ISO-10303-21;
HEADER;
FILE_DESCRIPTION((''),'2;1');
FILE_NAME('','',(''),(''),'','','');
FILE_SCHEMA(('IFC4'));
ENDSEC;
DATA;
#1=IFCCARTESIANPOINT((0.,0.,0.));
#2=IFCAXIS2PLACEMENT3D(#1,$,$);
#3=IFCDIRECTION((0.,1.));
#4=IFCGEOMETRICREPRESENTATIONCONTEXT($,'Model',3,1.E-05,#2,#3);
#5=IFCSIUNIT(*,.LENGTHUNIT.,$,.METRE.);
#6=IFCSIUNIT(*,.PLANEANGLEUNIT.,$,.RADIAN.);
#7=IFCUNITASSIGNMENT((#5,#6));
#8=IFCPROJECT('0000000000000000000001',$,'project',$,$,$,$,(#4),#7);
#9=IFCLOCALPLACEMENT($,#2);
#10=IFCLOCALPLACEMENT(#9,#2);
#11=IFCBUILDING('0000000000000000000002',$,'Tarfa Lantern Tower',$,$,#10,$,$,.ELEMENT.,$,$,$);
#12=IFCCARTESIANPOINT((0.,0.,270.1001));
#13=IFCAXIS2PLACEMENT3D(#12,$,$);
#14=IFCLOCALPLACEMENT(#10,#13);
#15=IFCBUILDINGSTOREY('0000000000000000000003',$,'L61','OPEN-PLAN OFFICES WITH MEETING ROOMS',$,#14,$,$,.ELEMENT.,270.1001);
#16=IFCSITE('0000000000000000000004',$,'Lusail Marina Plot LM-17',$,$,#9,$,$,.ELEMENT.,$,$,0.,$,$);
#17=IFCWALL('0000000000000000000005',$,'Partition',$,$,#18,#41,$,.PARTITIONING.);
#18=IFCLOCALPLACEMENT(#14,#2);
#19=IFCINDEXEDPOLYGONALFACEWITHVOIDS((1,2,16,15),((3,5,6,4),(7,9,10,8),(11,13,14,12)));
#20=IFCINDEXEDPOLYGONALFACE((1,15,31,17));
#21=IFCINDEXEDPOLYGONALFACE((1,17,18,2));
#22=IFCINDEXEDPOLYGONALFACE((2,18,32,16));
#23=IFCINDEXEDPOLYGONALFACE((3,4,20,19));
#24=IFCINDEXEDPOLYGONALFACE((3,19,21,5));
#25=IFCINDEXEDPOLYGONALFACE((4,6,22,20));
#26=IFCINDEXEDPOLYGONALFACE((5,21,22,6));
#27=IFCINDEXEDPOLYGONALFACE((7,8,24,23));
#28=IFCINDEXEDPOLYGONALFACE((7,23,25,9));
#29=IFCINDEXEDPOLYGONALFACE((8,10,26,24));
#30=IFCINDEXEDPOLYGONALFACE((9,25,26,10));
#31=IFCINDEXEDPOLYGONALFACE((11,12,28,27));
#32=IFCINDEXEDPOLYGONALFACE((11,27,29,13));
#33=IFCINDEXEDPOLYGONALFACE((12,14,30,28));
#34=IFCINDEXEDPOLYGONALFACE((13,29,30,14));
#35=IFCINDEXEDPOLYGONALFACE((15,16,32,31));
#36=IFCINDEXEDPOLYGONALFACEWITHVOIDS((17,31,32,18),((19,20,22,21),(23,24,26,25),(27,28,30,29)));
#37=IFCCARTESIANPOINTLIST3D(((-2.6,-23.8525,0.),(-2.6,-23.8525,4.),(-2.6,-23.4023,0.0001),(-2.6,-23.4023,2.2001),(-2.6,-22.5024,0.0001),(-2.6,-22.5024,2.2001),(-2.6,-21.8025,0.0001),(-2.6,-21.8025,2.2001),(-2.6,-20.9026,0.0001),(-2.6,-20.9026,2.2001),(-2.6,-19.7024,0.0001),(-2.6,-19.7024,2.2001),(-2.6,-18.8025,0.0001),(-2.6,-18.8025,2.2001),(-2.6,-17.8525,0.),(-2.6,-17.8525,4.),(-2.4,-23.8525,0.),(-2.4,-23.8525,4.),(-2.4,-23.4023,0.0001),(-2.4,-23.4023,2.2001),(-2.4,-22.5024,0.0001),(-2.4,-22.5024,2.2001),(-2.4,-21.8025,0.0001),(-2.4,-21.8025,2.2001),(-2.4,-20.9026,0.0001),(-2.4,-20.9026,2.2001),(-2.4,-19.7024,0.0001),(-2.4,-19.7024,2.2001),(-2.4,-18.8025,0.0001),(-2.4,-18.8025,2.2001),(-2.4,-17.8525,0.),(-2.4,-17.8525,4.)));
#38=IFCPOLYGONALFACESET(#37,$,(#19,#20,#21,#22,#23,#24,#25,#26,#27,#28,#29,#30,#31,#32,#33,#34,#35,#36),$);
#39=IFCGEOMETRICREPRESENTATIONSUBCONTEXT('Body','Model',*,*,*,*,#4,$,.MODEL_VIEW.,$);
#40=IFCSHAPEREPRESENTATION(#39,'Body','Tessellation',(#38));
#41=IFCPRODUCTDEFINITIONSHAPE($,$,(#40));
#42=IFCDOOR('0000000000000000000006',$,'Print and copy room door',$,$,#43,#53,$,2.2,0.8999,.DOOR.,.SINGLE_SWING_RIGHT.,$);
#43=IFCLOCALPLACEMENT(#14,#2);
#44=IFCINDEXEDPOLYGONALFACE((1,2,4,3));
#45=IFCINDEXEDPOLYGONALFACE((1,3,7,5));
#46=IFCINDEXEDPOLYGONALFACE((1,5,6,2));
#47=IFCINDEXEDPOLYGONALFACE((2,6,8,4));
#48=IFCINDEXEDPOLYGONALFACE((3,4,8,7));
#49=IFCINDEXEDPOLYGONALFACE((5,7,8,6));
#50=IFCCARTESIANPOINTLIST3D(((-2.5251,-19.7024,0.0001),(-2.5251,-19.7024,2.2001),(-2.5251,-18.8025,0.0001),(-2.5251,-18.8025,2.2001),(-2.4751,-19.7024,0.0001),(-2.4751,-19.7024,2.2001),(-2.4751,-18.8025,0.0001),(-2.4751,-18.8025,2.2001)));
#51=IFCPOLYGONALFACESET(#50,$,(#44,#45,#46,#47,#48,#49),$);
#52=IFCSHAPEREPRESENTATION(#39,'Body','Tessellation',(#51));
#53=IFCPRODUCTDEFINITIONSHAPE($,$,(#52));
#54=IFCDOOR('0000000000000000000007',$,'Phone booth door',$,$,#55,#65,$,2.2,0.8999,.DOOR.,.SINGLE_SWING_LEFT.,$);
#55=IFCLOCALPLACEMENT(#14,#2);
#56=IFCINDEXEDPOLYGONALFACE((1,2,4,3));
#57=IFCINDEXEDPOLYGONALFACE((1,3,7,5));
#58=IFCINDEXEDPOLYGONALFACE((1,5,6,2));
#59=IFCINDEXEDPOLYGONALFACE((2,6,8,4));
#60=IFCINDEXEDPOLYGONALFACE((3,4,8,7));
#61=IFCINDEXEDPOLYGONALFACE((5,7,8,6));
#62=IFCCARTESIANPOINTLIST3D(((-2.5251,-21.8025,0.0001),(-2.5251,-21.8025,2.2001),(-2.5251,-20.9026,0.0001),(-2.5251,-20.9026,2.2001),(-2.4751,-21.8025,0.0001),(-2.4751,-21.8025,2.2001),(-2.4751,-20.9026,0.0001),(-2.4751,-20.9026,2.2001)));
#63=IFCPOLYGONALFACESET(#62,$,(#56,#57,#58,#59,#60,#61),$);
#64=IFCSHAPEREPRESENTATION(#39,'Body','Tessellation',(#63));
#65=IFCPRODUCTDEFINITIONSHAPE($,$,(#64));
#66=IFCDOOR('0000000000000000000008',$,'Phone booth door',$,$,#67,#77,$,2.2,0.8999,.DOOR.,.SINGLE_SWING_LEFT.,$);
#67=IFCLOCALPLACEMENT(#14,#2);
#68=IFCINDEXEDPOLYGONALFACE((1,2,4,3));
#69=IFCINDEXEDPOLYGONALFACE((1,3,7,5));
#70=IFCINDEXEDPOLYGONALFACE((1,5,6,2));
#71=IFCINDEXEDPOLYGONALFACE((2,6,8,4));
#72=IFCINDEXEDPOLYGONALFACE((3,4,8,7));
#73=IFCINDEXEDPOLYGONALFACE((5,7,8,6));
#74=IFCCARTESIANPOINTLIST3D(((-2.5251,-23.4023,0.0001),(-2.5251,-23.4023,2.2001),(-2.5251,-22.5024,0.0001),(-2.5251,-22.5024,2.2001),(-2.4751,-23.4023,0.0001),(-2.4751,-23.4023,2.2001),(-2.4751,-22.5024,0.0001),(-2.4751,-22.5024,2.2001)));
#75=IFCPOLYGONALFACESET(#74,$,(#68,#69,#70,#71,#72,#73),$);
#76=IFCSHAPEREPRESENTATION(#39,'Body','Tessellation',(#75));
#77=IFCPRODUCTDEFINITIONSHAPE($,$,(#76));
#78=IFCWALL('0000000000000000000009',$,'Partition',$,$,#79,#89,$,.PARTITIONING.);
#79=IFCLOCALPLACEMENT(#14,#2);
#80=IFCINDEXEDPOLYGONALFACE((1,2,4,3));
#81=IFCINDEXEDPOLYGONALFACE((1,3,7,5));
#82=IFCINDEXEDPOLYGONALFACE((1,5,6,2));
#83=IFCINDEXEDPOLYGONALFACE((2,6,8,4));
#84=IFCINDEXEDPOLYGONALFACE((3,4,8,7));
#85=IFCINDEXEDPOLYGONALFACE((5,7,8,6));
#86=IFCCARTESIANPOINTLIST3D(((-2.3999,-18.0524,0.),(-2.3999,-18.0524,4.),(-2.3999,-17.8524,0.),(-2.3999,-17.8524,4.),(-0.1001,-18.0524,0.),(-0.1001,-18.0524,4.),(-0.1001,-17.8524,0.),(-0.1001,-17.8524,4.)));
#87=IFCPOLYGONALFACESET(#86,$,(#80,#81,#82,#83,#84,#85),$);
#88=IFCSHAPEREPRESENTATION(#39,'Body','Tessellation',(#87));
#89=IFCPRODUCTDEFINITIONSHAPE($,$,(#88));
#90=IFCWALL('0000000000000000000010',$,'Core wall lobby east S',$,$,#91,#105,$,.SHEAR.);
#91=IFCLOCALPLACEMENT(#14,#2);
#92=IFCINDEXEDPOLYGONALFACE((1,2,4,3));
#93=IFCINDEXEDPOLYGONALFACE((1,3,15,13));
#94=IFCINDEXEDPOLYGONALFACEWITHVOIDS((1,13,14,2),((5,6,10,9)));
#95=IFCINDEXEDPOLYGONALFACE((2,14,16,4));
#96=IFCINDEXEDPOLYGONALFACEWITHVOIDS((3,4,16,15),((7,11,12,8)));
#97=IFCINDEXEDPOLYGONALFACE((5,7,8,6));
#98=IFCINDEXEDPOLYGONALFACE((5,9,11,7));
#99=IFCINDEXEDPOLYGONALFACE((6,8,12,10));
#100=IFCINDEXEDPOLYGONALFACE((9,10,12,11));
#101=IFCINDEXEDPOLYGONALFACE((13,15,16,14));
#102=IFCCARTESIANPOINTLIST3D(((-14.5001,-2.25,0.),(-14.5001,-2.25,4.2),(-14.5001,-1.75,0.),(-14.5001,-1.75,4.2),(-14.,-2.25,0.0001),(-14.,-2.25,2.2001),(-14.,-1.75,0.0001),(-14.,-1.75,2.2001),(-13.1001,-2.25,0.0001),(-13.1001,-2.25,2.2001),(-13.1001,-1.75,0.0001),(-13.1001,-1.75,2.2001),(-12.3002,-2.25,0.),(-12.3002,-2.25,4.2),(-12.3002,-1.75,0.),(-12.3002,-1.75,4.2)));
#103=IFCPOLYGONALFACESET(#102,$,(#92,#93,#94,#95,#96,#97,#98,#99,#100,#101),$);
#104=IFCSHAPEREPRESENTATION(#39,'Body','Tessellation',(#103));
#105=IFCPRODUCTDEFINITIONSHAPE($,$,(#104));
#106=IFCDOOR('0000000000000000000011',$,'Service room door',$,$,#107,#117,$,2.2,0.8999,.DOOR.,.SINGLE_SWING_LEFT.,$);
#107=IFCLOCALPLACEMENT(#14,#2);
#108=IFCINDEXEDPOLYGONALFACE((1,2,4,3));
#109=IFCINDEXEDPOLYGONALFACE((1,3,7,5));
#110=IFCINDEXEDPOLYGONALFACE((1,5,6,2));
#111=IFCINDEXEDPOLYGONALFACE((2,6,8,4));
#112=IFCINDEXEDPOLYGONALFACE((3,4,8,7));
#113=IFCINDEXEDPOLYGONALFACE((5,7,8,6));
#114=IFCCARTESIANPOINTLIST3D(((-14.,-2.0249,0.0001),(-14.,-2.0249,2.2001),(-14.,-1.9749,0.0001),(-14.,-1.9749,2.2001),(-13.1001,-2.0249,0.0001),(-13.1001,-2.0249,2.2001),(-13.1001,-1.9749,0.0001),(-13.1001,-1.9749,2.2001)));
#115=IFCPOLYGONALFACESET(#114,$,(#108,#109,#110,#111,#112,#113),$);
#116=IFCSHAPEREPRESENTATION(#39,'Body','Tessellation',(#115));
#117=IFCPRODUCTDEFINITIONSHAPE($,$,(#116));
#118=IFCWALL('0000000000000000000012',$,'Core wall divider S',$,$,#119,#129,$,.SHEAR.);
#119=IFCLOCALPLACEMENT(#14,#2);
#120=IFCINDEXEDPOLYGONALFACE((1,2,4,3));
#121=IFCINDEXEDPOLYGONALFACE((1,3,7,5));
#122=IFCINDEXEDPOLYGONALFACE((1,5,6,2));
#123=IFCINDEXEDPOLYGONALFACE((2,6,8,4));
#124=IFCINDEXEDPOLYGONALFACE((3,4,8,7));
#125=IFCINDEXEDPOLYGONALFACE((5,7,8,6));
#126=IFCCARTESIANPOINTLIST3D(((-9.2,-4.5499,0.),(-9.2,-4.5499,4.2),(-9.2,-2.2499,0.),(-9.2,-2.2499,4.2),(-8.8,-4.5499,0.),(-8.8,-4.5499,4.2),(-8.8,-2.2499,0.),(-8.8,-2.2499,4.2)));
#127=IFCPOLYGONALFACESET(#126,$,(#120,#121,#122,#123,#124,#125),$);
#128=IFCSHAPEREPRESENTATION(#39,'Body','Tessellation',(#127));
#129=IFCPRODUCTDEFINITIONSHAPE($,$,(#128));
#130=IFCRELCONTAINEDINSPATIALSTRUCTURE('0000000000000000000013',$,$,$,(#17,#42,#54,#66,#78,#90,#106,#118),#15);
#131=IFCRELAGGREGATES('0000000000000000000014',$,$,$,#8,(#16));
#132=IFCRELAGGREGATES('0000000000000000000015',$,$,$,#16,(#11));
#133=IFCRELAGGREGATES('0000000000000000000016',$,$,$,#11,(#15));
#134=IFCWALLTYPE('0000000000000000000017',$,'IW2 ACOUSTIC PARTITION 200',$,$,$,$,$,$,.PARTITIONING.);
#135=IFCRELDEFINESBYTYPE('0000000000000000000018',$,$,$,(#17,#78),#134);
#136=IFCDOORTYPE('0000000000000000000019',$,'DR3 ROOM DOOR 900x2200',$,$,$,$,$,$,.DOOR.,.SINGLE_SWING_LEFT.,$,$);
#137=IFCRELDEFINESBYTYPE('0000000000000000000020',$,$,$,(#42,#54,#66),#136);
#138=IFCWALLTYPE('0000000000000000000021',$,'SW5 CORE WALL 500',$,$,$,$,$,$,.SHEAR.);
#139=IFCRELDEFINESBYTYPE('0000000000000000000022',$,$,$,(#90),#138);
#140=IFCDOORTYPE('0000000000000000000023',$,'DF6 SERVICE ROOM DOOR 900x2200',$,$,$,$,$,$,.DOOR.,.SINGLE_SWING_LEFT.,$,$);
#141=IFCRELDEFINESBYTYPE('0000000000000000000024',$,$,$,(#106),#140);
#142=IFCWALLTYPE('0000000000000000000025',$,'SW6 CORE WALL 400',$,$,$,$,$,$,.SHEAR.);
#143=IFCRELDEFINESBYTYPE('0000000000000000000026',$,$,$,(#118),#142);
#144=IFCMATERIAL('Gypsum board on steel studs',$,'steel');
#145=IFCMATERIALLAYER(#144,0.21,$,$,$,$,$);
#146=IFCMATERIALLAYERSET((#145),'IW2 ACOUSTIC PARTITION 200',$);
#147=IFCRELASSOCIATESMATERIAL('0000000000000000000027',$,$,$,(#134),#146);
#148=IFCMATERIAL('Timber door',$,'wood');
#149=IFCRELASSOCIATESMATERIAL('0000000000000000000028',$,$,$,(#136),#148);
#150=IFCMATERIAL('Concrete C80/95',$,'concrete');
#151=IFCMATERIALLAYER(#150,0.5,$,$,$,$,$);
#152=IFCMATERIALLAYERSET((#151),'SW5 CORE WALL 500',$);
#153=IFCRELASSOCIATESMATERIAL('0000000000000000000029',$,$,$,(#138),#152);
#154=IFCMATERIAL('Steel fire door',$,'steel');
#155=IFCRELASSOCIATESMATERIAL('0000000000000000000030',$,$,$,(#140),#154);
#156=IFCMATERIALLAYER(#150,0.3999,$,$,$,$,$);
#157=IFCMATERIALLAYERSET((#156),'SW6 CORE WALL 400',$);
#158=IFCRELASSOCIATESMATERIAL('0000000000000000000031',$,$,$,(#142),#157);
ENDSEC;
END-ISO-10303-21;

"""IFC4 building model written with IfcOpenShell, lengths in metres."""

from ifc_helpers import new_model, si_unit, direction, frame, frame_2d, origin, place, context, subcontext, project, spatial, rectangle, extrude, material, layer, layer_set, type_object, element, fill, save


model = new_model("IFC4")

# Units and contexts
model_context = context("Model", 3, precision=1e-05, world=origin(), true_north=direction((0.0, 1.0)))
body_context = subcontext(model_context, "Body", "Model", "MODEL_VIEW")
ifc_project = project(units=[si_unit("LENGTHUNIT", "METRE"), si_unit("PLANEANGLEUNIT", "RADIAN")], contexts=[model_context])

# Site, building, storey
site_placement = place(None, origin())
site = spatial("IfcSite", under=ifc_project, at=site_placement, Name="Lusail Marina Plot LM-17", CompositionType="ELEMENT", RefElevation=0.0)
building_placement = place(site_placement, origin())
building = spatial("IfcBuilding", under=site, at=building_placement, Name="Tarfa Lantern Tower", CompositionType="ELEMENT")
storey_placement = place(building_placement, frame((0.0, 0.0, 270.1001)))
storey = spatial("IfcBuildingStorey", under=building, at=storey_placement, Name="L61", Description="OPEN-PLAN OFFICES WITH MEETING ROOMS", CompositionType="ELEMENT", Elevation=270.1001)

# Wall, openings, doors
ifc_material_1 = material(Name="Gypsum board on steel studs", Category="steel")
ifc_layer_1 = layer(ifc_material_1, 0.21)
ifc_layer_set_1 = layer_set([ifc_layer_1], Name="IW2 ACOUSTIC PARTITION 200")
wall_type_1 = type_object("IfcWallType", Name="IW2 ACOUSTIC PARTITION 200", PredefinedType="PARTITIONING", material=ifc_layer_set_1)
wall_1_placement = place(storey_placement, frame((-2.5, -17.8525, 0.0), z_axis=(0.0, 0.0, 1.0), x_axis=(0.0, -1.0, 0.0)))
wall_1 = element("IfcWall", 1, at=wall_1_placement, inside=storey, type_object=wall_type_1, Name="Partition", PredefinedType="PARTITIONING", context=body_context, shape_type="SweptSolid", body=[
    extrude(rectangle(XDim=6.0, YDim=0.2, at=frame_2d((3.0, 0.0))), origin(), (0.0, 0.0, 1.0), 4.0),
])
opening_1_placement = place(wall_1_placement, frame((0.95, 0.0, 0.0)))
opening_1 = element("IfcOpeningElement", 2, at=opening_1_placement, cuts=wall_1, PredefinedType="OPENING", context=body_context, shape_type="SweptSolid", body=[
    extrude(rectangle(XDim=0.8999, YDim=2.2, at=frame_2d((0.45, 1.1001))), frame((0.0, 0.1099, 0.0), z_axis=(0.0, -1.0, 0.0), x_axis=(1.0, 0.0, 0.0)), (0.0, 0.0, 1.0), 0.22),
])
opening_2_placement = place(wall_1_placement, frame((3.05, 0.0, 0.0)))
opening_2 = element("IfcOpeningElement", 3, at=opening_2_placement, cuts=wall_1, PredefinedType="OPENING", context=body_context, shape_type="SweptSolid", body=[
    extrude(rectangle(XDim=0.8999, YDim=2.2, at=frame_2d((0.45, 1.1001))), frame((0.0, 0.1099, 0.0), z_axis=(0.0, -1.0, 0.0), x_axis=(1.0, 0.0, 0.0)), (0.0, 0.0, 1.0), 0.22),
])
opening_3_placement = place(wall_1_placement, frame((4.6499, 0.0, 0.0)))
opening_3 = element("IfcOpeningElement", 4, at=opening_3_placement, cuts=wall_1, PredefinedType="OPENING", context=body_context, shape_type="SweptSolid", body=[
    extrude(rectangle(XDim=0.8999, YDim=2.2, at=frame_2d((0.45, 1.1001))), frame((0.0, 0.1099, 0.0), z_axis=(0.0, -1.0, 0.0), x_axis=(1.0, 0.0, 0.0)), (0.0, 0.0, 1.0), 0.22),
])
ifc_material_2 = material(Name="Timber door", Category="wood")
door_type_1 = type_object("IfcDoorType", Name="DR3 ROOM DOOR 900x2200", OperationType="SINGLE_SWING_LEFT", PredefinedType="DOOR", material=ifc_material_2)
door_1_placement = place(opening_1_placement, origin())
door_1 = element("IfcDoor", 5, at=door_1_placement, inside=storey, type_object=door_type_1, Name="Print and copy room door", OperationType="SINGLE_SWING_RIGHT", OverallHeight=2.2, OverallWidth=0.8999, PredefinedType="DOOR", context=body_context, shape_type="SweptSolid", body=[
    extrude(rectangle(XDim=0.8999, YDim=2.2, at=frame_2d((0.45, 1.1001))), frame((0.0, 0.0249, 0.0), z_axis=(0.0, -1.0, 0.0), x_axis=(1.0, 0.0, 0.0)), (0.0, 0.0, 1.0), 0.05),
])
fill(opening_1, door_1)
door_2_placement = place(opening_2_placement, origin())
door_2 = element("IfcDoor", 6, at=door_2_placement, inside=storey, type_object=door_type_1, Name="Phone booth door", OperationType="SINGLE_SWING_LEFT", OverallHeight=2.2, OverallWidth=0.8999, PredefinedType="DOOR", context=body_context, shape_type="SweptSolid", body=[
    extrude(rectangle(XDim=0.8999, YDim=2.2, at=frame_2d((0.45, 1.1001))), frame((0.0, 0.0249, 0.0), z_axis=(0.0, -1.0, 0.0), x_axis=(1.0, 0.0, 0.0)), (0.0, 0.0, 1.0), 0.05),
])
fill(opening_2, door_2)
door_3_placement = place(opening_3_placement, origin())
door_3 = element("IfcDoor", 7, at=door_3_placement, inside=storey, type_object=door_type_1, Name="Phone booth door", OperationType="SINGLE_SWING_LEFT", OverallHeight=2.2, OverallWidth=0.8999, PredefinedType="DOOR", context=body_context, shape_type="SweptSolid", body=[
    extrude(rectangle(XDim=0.8999, YDim=2.2, at=frame_2d((0.45, 1.1001))), frame((0.0, 0.0249, 0.0), z_axis=(0.0, -1.0, 0.0), x_axis=(1.0, 0.0, 0.0)), (0.0, 0.0, 1.0), 0.05),
])
fill(opening_3, door_3)

# Wall
wall_2_placement = place(storey_placement, frame((-0.1001, -17.9524, 0.0), z_axis=(0.0, 0.0, 1.0), x_axis=(-1.0, 0.0, 0.0)))
element("IfcWall", 8, at=wall_2_placement, inside=storey, type_object=wall_type_1, Name="Partition", PredefinedType="PARTITIONING", context=body_context, shape_type="SweptSolid", body=[
    extrude(rectangle(XDim=2.2998, YDim=0.2, at=frame_2d((1.1499, 0.0))), origin(), (0.0, 0.0, 1.0), 4.0),
])

# Wall, opening, door
ifc_material_3 = material(Name="Concrete C80/95", Category="concrete")
ifc_layer_2 = layer(ifc_material_3, 0.5)
ifc_layer_set_2 = layer_set([ifc_layer_2], Name="SW5 CORE WALL 500")
wall_type_2 = type_object("IfcWallType", Name="SW5 CORE WALL 500", PredefinedType="SHEAR", material=ifc_layer_set_2)
wall_3_placement = place(storey_placement, frame((-12.3, -2.0, 0.0), z_axis=(0.0, 0.0, 1.0), x_axis=(-1.0, 0.0, 0.0)))
wall_3 = element("IfcWall", 9, at=wall_3_placement, inside=storey, type_object=wall_type_2, Name="Core wall lobby east S", PredefinedType="SHEAR", context=body_context, shape_type="SweptSolid", body=[
    extrude(rectangle(XDim=2.2, YDim=0.5, at=frame_2d((1.1001, 0.0))), origin(), (0.0, 0.0, 1.0), 4.2),
])
opening_4_placement = place(wall_3_placement, frame((0.8, 0.0, 0.0)))
opening_4 = element("IfcOpeningElement", 10, at=opening_4_placement, cuts=wall_3, PredefinedType="OPENING", context=body_context, shape_type="SweptSolid", body=[
    extrude(rectangle(XDim=0.8999, YDim=2.2, at=frame_2d((0.45, 1.1001))), frame((0.0, 0.26, 0.0), z_axis=(0.0, -1.0, 0.0), x_axis=(1.0, 0.0, 0.0)), (0.0, 0.0, 1.0), 0.52),
])
ifc_material_4 = material(Name="Steel fire door", Category="steel")
door_type_2 = type_object("IfcDoorType", Name="DF6 SERVICE ROOM DOOR 900x2200", OperationType="SINGLE_SWING_LEFT", PredefinedType="DOOR", material=ifc_material_4)
door_4_placement = place(opening_4_placement, origin())
door_4 = element("IfcDoor", 11, at=door_4_placement, inside=storey, type_object=door_type_2, Name="Service room door", OperationType="SINGLE_SWING_LEFT", OverallHeight=2.2, OverallWidth=0.8999, PredefinedType="DOOR", context=body_context, shape_type="SweptSolid", body=[
    extrude(rectangle(XDim=0.8999, YDim=2.2, at=frame_2d((0.45, 1.1001))), frame((0.0, 0.0249, 0.0), z_axis=(0.0, -1.0, 0.0), x_axis=(1.0, 0.0, 0.0)), (0.0, 0.0, 1.0), 0.05),
])
fill(opening_4, door_4)

# Wall
ifc_layer_3 = layer(ifc_material_3, 0.3999)
ifc_layer_set_3 = layer_set([ifc_layer_3], Name="SW6 CORE WALL 400")
wall_type_3 = type_object("IfcWallType", Name="SW6 CORE WALL 400", PredefinedType="SHEAR", material=ifc_layer_set_3)
wall_4_placement = place(storey_placement, frame((-9.0, -2.25, 0.0), z_axis=(0.0, 0.0, 1.0), x_axis=(0.0, -1.0, 0.0)))
element("IfcWall", 12, at=wall_4_placement, inside=storey, type_object=wall_type_3, Name="Core wall divider S", PredefinedType="SHEAR", context=body_context, shape_type="SweptSolid", body=[
    extrude(rectangle(XDim=2.3, YDim=0.3999, at=frame_2d((1.1499, 0.0))), origin(), (0.0, 0.0, 1.0), 4.2),
])

save(model, "model.ifc")
